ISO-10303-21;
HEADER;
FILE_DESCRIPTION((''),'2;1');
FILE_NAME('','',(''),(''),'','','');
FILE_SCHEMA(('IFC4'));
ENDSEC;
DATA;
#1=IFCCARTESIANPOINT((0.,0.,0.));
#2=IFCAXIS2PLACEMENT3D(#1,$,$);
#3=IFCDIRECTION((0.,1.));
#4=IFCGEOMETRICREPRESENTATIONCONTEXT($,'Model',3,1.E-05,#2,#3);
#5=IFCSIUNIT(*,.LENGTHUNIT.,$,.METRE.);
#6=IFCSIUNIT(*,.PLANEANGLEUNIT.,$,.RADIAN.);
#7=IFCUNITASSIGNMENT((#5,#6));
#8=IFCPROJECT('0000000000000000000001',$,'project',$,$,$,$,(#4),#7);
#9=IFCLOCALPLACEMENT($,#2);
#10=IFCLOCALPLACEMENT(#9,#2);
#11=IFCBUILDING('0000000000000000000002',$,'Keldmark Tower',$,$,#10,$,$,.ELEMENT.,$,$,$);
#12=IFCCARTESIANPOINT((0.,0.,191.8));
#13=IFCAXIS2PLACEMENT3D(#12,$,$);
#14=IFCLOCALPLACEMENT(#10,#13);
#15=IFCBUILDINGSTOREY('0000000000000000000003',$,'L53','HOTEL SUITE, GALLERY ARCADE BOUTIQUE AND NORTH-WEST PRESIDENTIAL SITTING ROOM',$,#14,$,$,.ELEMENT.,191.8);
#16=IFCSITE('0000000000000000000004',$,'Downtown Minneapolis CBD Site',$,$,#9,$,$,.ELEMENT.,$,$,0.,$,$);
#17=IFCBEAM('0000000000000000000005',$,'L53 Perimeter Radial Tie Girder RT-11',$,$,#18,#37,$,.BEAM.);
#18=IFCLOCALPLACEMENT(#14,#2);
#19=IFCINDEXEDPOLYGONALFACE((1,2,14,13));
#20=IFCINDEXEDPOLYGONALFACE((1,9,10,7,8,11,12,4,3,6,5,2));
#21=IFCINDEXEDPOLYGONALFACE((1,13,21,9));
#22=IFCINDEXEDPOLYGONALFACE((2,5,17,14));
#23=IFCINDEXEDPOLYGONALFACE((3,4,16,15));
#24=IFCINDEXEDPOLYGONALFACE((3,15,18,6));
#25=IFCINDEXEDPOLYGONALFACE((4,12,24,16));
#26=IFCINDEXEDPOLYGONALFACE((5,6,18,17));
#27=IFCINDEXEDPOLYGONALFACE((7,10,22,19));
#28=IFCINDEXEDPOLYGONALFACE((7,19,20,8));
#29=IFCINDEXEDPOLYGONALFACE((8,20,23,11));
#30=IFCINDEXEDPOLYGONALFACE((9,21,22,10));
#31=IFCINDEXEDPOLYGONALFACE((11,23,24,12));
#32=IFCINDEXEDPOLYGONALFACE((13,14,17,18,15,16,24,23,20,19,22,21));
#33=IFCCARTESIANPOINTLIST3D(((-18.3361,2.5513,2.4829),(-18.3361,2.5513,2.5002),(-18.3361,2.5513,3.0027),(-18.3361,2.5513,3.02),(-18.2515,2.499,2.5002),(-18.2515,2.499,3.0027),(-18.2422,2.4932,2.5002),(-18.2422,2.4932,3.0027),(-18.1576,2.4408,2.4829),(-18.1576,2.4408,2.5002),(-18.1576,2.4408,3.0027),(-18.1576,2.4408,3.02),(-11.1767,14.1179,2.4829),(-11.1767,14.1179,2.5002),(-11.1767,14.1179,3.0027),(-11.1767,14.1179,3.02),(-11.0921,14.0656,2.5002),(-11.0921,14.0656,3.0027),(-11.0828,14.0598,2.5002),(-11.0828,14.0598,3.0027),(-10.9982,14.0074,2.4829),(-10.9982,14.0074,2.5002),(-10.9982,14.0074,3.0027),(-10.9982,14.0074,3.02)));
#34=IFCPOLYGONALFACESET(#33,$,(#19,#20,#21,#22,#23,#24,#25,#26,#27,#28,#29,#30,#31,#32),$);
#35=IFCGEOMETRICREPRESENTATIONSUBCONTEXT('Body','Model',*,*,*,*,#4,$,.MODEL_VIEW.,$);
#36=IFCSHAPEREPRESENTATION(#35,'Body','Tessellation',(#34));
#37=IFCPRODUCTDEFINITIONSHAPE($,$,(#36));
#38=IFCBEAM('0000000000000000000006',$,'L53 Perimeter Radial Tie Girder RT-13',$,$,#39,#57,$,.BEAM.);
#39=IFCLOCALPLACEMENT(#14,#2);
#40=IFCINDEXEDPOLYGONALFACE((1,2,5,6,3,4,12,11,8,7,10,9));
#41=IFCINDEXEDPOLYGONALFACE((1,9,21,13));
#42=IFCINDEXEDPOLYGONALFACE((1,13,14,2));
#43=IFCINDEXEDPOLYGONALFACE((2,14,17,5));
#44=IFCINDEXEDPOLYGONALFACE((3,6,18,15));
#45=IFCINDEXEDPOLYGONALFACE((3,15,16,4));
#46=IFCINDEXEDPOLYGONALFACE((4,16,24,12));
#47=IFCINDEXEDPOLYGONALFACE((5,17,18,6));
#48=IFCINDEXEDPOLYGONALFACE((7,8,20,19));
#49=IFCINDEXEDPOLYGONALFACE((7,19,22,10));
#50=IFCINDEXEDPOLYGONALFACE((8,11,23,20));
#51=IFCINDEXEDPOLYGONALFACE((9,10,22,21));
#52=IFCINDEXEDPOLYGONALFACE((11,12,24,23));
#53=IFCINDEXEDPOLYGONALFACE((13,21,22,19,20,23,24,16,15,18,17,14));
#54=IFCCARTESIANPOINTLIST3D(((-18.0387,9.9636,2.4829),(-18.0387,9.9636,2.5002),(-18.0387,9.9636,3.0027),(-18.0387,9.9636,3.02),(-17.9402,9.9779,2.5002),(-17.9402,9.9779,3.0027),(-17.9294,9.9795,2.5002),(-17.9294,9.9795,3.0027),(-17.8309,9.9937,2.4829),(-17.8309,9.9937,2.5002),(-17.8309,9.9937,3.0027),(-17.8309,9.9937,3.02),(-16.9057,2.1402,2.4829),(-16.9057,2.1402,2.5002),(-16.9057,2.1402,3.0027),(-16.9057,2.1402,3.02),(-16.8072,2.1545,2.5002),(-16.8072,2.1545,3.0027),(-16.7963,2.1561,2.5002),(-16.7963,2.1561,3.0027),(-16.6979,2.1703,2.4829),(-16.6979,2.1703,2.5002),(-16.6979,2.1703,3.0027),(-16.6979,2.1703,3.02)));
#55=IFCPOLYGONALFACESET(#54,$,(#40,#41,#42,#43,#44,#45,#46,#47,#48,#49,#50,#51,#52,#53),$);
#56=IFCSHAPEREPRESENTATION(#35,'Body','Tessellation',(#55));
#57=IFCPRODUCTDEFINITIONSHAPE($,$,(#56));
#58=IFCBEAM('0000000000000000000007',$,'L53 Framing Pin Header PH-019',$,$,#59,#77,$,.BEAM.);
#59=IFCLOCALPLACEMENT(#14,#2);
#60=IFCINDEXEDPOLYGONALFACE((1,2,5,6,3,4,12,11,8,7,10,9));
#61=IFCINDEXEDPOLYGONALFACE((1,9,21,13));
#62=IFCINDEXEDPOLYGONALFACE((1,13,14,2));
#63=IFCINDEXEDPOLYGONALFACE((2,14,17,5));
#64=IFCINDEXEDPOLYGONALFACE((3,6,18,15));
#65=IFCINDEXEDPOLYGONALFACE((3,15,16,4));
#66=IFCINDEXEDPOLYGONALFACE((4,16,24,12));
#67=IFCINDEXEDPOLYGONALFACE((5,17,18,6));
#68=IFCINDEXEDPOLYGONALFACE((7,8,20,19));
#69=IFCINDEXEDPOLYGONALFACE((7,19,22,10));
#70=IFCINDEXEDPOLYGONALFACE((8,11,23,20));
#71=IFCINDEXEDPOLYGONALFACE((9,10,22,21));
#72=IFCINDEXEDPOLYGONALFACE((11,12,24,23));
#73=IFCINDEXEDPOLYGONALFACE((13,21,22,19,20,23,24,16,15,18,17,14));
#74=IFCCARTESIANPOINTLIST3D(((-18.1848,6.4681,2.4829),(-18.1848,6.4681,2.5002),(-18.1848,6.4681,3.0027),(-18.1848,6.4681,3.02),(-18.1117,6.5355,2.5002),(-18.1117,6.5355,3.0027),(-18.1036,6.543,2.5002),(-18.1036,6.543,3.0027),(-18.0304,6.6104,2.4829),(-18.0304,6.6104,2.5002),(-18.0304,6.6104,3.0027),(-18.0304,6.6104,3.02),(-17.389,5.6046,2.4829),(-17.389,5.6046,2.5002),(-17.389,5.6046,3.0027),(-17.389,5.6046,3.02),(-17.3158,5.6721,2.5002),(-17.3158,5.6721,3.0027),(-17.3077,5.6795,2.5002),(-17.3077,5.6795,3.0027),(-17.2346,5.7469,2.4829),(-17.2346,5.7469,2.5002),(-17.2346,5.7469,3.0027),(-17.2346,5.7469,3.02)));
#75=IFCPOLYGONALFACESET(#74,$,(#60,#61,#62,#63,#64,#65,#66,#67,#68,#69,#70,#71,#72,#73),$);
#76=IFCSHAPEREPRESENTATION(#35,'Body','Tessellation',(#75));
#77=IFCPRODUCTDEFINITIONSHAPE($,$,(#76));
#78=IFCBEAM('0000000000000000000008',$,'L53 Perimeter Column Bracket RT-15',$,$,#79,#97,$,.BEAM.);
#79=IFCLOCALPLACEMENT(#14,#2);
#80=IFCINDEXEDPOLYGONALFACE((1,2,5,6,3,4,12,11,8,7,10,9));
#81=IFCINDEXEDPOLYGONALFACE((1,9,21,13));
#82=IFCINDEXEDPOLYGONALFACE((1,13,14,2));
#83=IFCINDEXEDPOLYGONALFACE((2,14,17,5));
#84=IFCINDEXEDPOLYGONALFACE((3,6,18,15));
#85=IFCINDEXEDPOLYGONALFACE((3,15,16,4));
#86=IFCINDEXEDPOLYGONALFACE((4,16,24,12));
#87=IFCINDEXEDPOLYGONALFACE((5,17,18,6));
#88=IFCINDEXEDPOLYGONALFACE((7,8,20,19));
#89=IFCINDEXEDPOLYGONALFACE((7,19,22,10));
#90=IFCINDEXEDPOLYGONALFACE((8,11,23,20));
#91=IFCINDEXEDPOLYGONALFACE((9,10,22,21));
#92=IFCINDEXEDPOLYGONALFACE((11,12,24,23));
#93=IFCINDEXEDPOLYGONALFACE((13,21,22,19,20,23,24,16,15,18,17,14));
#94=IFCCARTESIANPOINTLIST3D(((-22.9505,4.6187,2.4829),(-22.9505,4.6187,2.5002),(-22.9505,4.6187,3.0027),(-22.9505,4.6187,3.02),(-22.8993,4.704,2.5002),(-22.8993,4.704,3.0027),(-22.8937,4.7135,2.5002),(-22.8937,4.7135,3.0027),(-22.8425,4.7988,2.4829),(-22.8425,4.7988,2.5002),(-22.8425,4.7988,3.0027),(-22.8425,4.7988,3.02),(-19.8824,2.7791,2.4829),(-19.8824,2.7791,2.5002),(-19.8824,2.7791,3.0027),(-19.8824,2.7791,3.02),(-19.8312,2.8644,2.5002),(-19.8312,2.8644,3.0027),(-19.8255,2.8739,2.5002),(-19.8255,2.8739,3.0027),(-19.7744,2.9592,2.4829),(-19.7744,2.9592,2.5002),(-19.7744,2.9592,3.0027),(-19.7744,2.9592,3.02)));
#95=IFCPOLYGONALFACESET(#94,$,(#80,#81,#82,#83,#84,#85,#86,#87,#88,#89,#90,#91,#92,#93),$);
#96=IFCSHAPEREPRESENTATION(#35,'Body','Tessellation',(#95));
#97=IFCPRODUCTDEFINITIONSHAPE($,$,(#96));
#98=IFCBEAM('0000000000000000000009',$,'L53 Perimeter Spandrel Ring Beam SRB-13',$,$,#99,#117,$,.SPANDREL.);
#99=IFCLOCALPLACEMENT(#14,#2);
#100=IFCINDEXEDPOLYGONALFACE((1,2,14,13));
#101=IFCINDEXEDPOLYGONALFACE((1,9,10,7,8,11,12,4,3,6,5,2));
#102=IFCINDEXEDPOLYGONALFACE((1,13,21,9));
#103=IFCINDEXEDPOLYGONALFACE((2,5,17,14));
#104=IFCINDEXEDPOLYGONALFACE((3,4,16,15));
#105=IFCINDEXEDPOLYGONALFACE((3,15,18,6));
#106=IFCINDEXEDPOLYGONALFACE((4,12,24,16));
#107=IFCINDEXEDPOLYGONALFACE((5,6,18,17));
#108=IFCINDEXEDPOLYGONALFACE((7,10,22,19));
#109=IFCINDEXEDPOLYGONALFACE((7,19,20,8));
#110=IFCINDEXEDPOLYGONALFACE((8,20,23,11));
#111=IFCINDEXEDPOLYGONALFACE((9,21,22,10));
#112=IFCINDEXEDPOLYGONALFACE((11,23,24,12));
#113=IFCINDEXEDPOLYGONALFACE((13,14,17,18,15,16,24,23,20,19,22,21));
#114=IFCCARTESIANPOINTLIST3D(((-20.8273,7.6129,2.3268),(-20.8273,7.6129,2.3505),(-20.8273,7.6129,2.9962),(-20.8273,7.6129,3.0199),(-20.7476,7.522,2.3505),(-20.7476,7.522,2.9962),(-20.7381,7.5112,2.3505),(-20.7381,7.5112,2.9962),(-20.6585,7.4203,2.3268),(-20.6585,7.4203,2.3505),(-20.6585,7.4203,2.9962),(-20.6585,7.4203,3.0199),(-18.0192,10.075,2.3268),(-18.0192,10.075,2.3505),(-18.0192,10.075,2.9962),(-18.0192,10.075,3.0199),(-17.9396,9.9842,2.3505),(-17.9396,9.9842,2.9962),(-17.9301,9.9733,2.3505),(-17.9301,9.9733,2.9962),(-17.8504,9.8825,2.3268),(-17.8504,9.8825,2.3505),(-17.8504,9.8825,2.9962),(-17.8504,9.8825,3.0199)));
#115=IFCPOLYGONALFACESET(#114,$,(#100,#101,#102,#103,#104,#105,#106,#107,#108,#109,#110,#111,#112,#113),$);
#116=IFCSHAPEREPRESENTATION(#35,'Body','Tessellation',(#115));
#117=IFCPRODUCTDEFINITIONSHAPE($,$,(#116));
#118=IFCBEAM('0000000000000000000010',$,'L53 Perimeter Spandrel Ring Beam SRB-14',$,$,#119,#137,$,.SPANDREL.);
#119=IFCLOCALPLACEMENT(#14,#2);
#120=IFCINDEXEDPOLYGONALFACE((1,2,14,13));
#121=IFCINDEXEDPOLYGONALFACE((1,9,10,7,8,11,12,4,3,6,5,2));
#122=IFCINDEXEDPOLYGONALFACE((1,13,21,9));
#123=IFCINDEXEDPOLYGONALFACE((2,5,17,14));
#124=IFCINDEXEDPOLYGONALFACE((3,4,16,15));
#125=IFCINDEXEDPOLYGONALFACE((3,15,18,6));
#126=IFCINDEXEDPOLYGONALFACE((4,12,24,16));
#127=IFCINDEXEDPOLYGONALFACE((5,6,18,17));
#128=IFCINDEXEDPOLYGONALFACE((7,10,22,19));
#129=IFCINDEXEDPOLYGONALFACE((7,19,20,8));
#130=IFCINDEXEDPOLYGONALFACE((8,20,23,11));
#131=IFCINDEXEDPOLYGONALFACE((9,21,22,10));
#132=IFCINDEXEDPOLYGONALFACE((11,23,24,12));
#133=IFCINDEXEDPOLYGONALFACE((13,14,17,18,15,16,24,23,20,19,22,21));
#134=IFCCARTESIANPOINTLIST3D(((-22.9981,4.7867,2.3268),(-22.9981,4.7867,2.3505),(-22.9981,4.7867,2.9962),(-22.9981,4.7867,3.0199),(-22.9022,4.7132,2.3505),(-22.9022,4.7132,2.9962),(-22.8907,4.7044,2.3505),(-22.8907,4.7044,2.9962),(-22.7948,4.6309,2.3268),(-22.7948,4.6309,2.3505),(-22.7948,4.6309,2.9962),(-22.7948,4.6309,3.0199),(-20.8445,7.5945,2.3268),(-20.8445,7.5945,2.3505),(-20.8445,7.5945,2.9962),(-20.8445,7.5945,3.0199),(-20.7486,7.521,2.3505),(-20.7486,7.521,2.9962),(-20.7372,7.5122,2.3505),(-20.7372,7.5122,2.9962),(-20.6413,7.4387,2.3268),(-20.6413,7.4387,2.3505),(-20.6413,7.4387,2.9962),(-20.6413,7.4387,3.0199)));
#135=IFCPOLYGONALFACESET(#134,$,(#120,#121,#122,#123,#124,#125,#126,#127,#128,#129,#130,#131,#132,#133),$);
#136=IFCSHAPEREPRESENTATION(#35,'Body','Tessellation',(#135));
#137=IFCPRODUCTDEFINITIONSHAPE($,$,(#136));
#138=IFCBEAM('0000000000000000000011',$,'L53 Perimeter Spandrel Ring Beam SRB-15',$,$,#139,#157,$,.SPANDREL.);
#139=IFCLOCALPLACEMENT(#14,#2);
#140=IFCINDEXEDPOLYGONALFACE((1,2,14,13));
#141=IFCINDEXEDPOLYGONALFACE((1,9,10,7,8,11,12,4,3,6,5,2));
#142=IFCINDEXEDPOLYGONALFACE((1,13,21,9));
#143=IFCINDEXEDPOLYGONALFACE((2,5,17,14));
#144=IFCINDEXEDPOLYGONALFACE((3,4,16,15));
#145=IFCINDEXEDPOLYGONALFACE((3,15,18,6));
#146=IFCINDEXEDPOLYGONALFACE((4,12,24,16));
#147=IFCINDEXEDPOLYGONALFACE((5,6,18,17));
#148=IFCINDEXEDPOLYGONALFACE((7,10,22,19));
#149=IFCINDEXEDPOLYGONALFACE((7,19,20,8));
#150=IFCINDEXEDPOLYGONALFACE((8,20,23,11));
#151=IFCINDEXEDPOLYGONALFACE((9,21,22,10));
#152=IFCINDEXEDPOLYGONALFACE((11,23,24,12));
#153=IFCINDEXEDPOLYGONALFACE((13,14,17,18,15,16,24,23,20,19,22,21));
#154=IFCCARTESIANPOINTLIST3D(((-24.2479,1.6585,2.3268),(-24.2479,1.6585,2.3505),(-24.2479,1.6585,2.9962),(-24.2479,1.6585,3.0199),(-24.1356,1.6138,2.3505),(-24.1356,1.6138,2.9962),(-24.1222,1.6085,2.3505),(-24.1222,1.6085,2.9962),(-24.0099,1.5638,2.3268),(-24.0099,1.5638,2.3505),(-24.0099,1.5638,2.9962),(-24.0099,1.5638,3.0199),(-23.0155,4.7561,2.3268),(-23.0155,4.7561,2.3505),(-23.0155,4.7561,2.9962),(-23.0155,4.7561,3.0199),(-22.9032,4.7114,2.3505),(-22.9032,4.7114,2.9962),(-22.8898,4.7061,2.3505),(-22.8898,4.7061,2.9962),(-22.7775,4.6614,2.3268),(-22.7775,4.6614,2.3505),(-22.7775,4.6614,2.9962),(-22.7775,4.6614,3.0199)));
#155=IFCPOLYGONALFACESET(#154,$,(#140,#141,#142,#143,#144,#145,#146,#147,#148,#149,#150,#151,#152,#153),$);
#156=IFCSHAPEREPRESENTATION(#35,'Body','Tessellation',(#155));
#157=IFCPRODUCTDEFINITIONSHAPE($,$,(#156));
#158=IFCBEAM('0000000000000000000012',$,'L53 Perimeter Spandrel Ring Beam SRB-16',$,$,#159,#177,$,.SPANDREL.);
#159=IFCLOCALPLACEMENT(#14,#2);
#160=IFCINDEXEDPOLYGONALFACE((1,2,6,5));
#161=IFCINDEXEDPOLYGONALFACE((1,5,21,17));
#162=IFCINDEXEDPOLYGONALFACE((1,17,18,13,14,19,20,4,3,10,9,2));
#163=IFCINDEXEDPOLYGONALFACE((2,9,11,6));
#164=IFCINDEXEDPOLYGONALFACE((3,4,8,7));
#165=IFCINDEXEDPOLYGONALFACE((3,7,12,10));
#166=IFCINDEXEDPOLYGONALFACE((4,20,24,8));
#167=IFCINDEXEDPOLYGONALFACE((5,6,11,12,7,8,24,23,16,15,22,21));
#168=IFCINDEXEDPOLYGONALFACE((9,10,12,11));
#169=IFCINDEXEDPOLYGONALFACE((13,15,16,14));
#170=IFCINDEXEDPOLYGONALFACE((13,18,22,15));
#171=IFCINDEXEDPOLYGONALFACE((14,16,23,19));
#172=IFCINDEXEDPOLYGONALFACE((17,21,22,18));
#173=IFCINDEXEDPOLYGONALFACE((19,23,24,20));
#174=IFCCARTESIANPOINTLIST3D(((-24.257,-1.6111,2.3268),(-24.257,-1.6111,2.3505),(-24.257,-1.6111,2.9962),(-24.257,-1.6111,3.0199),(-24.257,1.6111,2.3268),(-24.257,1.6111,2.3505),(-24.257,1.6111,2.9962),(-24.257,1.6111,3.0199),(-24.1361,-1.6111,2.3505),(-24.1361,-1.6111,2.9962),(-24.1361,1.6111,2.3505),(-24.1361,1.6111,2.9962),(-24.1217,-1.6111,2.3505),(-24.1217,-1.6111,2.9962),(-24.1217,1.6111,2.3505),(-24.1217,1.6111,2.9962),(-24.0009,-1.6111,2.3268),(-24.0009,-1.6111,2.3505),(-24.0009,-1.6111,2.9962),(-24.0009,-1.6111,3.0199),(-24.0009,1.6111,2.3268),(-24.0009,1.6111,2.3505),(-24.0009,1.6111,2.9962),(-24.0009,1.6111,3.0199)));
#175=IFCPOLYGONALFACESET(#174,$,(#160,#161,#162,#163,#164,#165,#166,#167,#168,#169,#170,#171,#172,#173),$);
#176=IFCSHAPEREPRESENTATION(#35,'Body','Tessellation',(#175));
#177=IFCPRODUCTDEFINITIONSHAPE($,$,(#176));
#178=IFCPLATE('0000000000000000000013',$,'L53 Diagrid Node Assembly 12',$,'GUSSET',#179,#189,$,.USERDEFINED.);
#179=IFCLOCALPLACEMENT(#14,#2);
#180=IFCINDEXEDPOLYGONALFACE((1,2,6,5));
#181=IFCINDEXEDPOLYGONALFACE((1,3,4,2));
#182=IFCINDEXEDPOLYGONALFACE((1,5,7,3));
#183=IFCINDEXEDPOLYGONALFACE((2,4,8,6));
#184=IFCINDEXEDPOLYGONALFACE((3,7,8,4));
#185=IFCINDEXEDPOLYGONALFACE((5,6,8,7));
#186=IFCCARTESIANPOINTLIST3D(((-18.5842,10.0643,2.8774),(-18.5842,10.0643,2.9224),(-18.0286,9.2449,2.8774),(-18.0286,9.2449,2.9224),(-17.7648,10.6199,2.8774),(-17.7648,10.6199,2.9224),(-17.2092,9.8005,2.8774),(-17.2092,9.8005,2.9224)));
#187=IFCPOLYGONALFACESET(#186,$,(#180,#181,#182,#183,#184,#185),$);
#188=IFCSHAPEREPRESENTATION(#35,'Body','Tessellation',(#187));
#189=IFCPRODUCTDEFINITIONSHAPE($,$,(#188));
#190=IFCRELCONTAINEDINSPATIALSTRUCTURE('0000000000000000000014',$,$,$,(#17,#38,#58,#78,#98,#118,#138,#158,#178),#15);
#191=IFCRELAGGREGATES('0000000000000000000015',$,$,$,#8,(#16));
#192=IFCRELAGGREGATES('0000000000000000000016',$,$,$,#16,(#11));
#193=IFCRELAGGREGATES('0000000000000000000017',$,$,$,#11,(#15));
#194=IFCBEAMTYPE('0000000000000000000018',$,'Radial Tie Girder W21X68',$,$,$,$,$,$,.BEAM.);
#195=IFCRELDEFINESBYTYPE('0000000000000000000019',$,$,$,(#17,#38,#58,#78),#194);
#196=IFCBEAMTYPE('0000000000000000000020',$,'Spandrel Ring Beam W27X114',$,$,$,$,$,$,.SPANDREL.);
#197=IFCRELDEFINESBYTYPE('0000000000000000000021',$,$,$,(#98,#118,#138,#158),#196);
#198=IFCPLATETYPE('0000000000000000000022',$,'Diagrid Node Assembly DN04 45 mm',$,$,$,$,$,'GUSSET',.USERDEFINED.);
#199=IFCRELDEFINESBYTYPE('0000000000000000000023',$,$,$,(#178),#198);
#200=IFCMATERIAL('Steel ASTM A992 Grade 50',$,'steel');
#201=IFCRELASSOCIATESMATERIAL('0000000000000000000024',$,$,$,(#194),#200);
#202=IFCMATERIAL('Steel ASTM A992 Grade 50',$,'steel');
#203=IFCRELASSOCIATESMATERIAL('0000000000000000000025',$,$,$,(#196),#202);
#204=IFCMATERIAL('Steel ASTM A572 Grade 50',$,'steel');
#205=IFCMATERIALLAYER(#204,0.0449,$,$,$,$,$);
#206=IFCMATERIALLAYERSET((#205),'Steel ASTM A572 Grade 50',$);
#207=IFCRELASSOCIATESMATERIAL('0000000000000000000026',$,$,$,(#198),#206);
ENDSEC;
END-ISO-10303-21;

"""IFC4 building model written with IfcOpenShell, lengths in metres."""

from ifc_helpers import new_model, si_unit, direction, frame, origin, origin_2d, place, context, subcontext, project, spatial, rectangle, i_section, extrude, material, layer, layer_set, material_profile, profile_set, type_object, element, save


model = new_model("IFC4")

# Units and contexts
model_context = context("Model", 3, precision=1e-05, world=origin(), true_north=direction((0.0, 1.0)))
body_context = subcontext(model_context, "Body", "Model", "MODEL_VIEW")
ifc_project = project(units=[si_unit("LENGTHUNIT", "METRE"), si_unit("PLANEANGLEUNIT", "RADIAN")], contexts=[model_context])

# Site, building, storey
site_placement = place(None, origin())
site = spatial("IfcSite", under=ifc_project, at=site_placement, Name="Downtown Minneapolis CBD Site", CompositionType="ELEMENT", RefElevation=0.0)
building_placement = place(site_placement, origin())
building = spatial("IfcBuilding", under=site, at=building_placement, Name="Keldmark Tower", CompositionType="ELEMENT")
storey_placement = place(building_placement, frame((0.0, 0.0, 191.8)))
storey = spatial("IfcBuildingStorey", under=building, at=storey_placement, Name="L53", Description="HOTEL SUITE, GALLERY ARCADE BOUTIQUE AND NORTH-WEST PRESIDENTIAL SITTING ROOM", CompositionType="ELEMENT", Elevation=191.8)

# Beams
ifc_material_1 = material(Name="Steel ASTM A992 Grade 50", Category="steel")
ifc_material_profile_1 = material_profile(ifc_material_1, i_section(OverallWidth=0.21, OverallDepth=0.5371, WebThickness=0.011, FlangeThickness=0.0173, at=origin_2d()), Name="W21X68")
ifc_profile_set_1 = profile_set([ifc_material_profile_1], Name="Steel ASTM A992 Grade 50")
beam_type_1 = type_object("IfcBeamType", Name="Radial Tie Girder W21X68", PredefinedType="BEAM", material=ifc_profile_set_1)
beam_1_placement = place(storey_placement, frame((-18.2468, 2.4961, 2.7515), z_axis=(0.526308, 0.850294, 0.0), x_axis=(-0.850294, 0.526308, 0.0)))
element("IfcBeam", 1, at=beam_1_placement, inside=storey, type_object=beam_type_1, Name="L53 Perimeter Radial Tie Girder RT-11", PredefinedType="BEAM", context=body_context, shape_type="SweptSolid", body=[
    extrude(i_section(OverallWidth=0.21, OverallDepth=0.5371, WebThickness=0.011, FlangeThickness=0.0173, at=origin_2d()), origin(), (0.0, 0.0, 1.0), 13.603),
])
beam_2_placement = place(storey_placement, frame((-16.8018, 2.1553, 2.7515), z_axis=(-0.143332, 0.989675, 0.0), x_axis=(-0.989675, -0.143332, 0.0)))
element("IfcBeam", 2, at=beam_2_placement, inside=storey, type_object=beam_type_1, Name="L53 Perimeter Radial Tie Girder RT-13", PredefinedType="BEAM", context=body_context, shape_type="SweptSolid", body=[
    extrude(i_section(OverallWidth=0.21, OverallDepth=0.5371, WebThickness=0.011, FlangeThickness=0.0173, at=origin_2d()), origin(), (0.0, 0.0, 1.0), 7.905),
])
beam_3_placement = place(storey_placement, frame((-17.3118, 5.6758, 2.7515), z_axis=(-0.677727, 0.735313, 0.0), x_axis=(-0.735313, -0.677727, 0.0)))
element("IfcBeam", 3, at=beam_3_placement, inside=storey, type_object=beam_type_1, Name="L53 Framing Pin Header PH-019", PredefinedType="BEAM", context=body_context, shape_type="SweptSolid", body=[
    extrude(i_section(OverallWidth=0.21, OverallDepth=0.5371, WebThickness=0.011, FlangeThickness=0.0173, at=origin_2d()), origin(), (0.0, 0.0, 1.0), 1.1743),
])
beam_4_placement = place(storey_placement, frame((-19.8284, 2.8691, 2.7515), z_axis=(-0.857649, 0.514235, 0.0), x_axis=(-0.514235, -0.857649, 0.0)))
element("IfcBeam", 4, at=beam_4_placement, inside=storey, type_object=beam_type_1, Name="L53 Perimeter Column Bracket RT-15", PredefinedType="BEAM", context=body_context, shape_type="SweptSolid", body=[
    extrude(i_section(OverallWidth=0.21, OverallDepth=0.5371, WebThickness=0.011, FlangeThickness=0.0173, at=origin_2d()), origin(), (0.0, 0.0, 1.0), 3.5774),
])
ifc_material_2 = material(Name="Steel ASTM A992 Grade 50", Category="steel")
ifc_material_profile_2 = material_profile(ifc_material_2, i_section(OverallWidth=0.2561, OverallDepth=0.6931, WebThickness=0.0144, FlangeThickness=0.0237, at=origin_2d()), Name="W27X114")
ifc_profile_set_2 = profile_set([ifc_material_profile_2], Name="Steel ASTM A992 Grade 50")
beam_type_2 = type_object("IfcBeamType", Name="Spandrel Ring Beam W27X114", PredefinedType="SPANDREL", material=ifc_profile_set_2)
beam_5_placement = place(storey_placement, frame((-17.9348, 9.9788, 2.6733), z_axis=(-0.751904, -0.659273, 0.0), x_axis=(0.659273, -0.751904, 0.0)))
element("IfcBeam", 5, at=beam_5_placement, inside=storey, type_object=beam_type_2, Name="L53 Perimeter Spandrel Ring Beam SRB-13", PredefinedType="SPANDREL", context=body_context, shape_type="SweptSolid", body=[
    extrude(i_section(OverallWidth=0.2561, OverallDepth=0.6931, WebThickness=0.0144, FlangeThickness=0.0237, at=origin_2d()), origin(), (0.0, 0.0, 1.0), 3.7346),
])
beam_6_placement = place(storey_placement, frame((-20.7429, 7.5166, 2.6733), z_axis=(-0.608587, -0.793488, 0.0), x_axis=(0.793488, -0.608587, 0.0)))
element("IfcBeam", 6, at=beam_6_placement, inside=storey, type_object=beam_type_2, Name="L53 Perimeter Spandrel Ring Beam SRB-14", PredefinedType="SPANDREL", context=body_context, shape_type="SweptSolid", body=[
    extrude(i_section(OverallWidth=0.2561, OverallDepth=0.6931, WebThickness=0.0144, FlangeThickness=0.0237, at=origin_2d()), origin(), (0.0, 0.0, 1.0), 3.5386),
])
beam_7_placement = place(storey_placement, frame((-22.8965, 4.7087, 2.6733), z_axis=(-0.369673, -0.929162, 0.0), x_axis=(0.929162, -0.369673, 0.0)))
element("IfcBeam", 7, at=beam_7_placement, inside=storey, type_object=beam_type_2, Name="L53 Perimeter Spandrel Ring Beam SRB-15", PredefinedType="SPANDREL", context=body_context, shape_type="SweptSolid", body=[
    extrude(i_section(OverallWidth=0.2561, OverallDepth=0.6931, WebThickness=0.0144, FlangeThickness=0.0237, at=origin_2d()), origin(), (0.0, 0.0, 1.0), 3.3337),
])
beam_8_placement = place(storey_placement, frame((-24.1289, 1.6111, 2.6733), z_axis=(0.0, -1.0, 0.0), x_axis=(1.0, 0.0, 0.0)))
element("IfcBeam", 8, at=beam_8_placement, inside=storey, type_object=beam_type_2, Name="L53 Perimeter Spandrel Ring Beam SRB-16", PredefinedType="SPANDREL", context=body_context, shape_type="SweptSolid", body=[
    extrude(i_section(OverallWidth=0.2561, OverallDepth=0.6931, WebThickness=0.0144, FlangeThickness=0.0237, at=origin_2d()), origin(), (0.0, 0.0, 1.0), 3.2222),
])

# Plate
ifc_material_3 = material(Name="Steel ASTM A572 Grade 50", Category="steel")
ifc_layer_1 = layer(ifc_material_3, 0.0449)
ifc_layer_set_1 = layer_set([ifc_layer_1], Name="Steel ASTM A572 Grade 50")
plate_type = type_object("IfcPlateType", Name="Diagrid Node Assembly DN04 45 mm", ElementType="GUSSET", PredefinedType="USERDEFINED", material=ifc_layer_set_1)
for number, where, z_axis, x_axis, name in (
    (9, (-17.8967, 9.9324, 2.8774), (0.0, 0.0, 1.0), (-0.827669, -0.561217, 0.0), "L53 Diagrid Node Assembly 12"),
):
    element("IfcPlate", number, at=place(storey_placement, frame(where, z_axis=z_axis, x_axis=x_axis)), inside=storey, type_object=plate_type, Name=name, ObjectType="GUSSET", PredefinedType="USERDEFINED", context=body_context, shape_type="SweptSolid", body=[
        extrude(rectangle(XDim=0.99, YDim=0.99, at=origin_2d()), origin(), (0.0, 0.0, 1.0), 0.0449),
    ])

save(model, "model.ifc")
